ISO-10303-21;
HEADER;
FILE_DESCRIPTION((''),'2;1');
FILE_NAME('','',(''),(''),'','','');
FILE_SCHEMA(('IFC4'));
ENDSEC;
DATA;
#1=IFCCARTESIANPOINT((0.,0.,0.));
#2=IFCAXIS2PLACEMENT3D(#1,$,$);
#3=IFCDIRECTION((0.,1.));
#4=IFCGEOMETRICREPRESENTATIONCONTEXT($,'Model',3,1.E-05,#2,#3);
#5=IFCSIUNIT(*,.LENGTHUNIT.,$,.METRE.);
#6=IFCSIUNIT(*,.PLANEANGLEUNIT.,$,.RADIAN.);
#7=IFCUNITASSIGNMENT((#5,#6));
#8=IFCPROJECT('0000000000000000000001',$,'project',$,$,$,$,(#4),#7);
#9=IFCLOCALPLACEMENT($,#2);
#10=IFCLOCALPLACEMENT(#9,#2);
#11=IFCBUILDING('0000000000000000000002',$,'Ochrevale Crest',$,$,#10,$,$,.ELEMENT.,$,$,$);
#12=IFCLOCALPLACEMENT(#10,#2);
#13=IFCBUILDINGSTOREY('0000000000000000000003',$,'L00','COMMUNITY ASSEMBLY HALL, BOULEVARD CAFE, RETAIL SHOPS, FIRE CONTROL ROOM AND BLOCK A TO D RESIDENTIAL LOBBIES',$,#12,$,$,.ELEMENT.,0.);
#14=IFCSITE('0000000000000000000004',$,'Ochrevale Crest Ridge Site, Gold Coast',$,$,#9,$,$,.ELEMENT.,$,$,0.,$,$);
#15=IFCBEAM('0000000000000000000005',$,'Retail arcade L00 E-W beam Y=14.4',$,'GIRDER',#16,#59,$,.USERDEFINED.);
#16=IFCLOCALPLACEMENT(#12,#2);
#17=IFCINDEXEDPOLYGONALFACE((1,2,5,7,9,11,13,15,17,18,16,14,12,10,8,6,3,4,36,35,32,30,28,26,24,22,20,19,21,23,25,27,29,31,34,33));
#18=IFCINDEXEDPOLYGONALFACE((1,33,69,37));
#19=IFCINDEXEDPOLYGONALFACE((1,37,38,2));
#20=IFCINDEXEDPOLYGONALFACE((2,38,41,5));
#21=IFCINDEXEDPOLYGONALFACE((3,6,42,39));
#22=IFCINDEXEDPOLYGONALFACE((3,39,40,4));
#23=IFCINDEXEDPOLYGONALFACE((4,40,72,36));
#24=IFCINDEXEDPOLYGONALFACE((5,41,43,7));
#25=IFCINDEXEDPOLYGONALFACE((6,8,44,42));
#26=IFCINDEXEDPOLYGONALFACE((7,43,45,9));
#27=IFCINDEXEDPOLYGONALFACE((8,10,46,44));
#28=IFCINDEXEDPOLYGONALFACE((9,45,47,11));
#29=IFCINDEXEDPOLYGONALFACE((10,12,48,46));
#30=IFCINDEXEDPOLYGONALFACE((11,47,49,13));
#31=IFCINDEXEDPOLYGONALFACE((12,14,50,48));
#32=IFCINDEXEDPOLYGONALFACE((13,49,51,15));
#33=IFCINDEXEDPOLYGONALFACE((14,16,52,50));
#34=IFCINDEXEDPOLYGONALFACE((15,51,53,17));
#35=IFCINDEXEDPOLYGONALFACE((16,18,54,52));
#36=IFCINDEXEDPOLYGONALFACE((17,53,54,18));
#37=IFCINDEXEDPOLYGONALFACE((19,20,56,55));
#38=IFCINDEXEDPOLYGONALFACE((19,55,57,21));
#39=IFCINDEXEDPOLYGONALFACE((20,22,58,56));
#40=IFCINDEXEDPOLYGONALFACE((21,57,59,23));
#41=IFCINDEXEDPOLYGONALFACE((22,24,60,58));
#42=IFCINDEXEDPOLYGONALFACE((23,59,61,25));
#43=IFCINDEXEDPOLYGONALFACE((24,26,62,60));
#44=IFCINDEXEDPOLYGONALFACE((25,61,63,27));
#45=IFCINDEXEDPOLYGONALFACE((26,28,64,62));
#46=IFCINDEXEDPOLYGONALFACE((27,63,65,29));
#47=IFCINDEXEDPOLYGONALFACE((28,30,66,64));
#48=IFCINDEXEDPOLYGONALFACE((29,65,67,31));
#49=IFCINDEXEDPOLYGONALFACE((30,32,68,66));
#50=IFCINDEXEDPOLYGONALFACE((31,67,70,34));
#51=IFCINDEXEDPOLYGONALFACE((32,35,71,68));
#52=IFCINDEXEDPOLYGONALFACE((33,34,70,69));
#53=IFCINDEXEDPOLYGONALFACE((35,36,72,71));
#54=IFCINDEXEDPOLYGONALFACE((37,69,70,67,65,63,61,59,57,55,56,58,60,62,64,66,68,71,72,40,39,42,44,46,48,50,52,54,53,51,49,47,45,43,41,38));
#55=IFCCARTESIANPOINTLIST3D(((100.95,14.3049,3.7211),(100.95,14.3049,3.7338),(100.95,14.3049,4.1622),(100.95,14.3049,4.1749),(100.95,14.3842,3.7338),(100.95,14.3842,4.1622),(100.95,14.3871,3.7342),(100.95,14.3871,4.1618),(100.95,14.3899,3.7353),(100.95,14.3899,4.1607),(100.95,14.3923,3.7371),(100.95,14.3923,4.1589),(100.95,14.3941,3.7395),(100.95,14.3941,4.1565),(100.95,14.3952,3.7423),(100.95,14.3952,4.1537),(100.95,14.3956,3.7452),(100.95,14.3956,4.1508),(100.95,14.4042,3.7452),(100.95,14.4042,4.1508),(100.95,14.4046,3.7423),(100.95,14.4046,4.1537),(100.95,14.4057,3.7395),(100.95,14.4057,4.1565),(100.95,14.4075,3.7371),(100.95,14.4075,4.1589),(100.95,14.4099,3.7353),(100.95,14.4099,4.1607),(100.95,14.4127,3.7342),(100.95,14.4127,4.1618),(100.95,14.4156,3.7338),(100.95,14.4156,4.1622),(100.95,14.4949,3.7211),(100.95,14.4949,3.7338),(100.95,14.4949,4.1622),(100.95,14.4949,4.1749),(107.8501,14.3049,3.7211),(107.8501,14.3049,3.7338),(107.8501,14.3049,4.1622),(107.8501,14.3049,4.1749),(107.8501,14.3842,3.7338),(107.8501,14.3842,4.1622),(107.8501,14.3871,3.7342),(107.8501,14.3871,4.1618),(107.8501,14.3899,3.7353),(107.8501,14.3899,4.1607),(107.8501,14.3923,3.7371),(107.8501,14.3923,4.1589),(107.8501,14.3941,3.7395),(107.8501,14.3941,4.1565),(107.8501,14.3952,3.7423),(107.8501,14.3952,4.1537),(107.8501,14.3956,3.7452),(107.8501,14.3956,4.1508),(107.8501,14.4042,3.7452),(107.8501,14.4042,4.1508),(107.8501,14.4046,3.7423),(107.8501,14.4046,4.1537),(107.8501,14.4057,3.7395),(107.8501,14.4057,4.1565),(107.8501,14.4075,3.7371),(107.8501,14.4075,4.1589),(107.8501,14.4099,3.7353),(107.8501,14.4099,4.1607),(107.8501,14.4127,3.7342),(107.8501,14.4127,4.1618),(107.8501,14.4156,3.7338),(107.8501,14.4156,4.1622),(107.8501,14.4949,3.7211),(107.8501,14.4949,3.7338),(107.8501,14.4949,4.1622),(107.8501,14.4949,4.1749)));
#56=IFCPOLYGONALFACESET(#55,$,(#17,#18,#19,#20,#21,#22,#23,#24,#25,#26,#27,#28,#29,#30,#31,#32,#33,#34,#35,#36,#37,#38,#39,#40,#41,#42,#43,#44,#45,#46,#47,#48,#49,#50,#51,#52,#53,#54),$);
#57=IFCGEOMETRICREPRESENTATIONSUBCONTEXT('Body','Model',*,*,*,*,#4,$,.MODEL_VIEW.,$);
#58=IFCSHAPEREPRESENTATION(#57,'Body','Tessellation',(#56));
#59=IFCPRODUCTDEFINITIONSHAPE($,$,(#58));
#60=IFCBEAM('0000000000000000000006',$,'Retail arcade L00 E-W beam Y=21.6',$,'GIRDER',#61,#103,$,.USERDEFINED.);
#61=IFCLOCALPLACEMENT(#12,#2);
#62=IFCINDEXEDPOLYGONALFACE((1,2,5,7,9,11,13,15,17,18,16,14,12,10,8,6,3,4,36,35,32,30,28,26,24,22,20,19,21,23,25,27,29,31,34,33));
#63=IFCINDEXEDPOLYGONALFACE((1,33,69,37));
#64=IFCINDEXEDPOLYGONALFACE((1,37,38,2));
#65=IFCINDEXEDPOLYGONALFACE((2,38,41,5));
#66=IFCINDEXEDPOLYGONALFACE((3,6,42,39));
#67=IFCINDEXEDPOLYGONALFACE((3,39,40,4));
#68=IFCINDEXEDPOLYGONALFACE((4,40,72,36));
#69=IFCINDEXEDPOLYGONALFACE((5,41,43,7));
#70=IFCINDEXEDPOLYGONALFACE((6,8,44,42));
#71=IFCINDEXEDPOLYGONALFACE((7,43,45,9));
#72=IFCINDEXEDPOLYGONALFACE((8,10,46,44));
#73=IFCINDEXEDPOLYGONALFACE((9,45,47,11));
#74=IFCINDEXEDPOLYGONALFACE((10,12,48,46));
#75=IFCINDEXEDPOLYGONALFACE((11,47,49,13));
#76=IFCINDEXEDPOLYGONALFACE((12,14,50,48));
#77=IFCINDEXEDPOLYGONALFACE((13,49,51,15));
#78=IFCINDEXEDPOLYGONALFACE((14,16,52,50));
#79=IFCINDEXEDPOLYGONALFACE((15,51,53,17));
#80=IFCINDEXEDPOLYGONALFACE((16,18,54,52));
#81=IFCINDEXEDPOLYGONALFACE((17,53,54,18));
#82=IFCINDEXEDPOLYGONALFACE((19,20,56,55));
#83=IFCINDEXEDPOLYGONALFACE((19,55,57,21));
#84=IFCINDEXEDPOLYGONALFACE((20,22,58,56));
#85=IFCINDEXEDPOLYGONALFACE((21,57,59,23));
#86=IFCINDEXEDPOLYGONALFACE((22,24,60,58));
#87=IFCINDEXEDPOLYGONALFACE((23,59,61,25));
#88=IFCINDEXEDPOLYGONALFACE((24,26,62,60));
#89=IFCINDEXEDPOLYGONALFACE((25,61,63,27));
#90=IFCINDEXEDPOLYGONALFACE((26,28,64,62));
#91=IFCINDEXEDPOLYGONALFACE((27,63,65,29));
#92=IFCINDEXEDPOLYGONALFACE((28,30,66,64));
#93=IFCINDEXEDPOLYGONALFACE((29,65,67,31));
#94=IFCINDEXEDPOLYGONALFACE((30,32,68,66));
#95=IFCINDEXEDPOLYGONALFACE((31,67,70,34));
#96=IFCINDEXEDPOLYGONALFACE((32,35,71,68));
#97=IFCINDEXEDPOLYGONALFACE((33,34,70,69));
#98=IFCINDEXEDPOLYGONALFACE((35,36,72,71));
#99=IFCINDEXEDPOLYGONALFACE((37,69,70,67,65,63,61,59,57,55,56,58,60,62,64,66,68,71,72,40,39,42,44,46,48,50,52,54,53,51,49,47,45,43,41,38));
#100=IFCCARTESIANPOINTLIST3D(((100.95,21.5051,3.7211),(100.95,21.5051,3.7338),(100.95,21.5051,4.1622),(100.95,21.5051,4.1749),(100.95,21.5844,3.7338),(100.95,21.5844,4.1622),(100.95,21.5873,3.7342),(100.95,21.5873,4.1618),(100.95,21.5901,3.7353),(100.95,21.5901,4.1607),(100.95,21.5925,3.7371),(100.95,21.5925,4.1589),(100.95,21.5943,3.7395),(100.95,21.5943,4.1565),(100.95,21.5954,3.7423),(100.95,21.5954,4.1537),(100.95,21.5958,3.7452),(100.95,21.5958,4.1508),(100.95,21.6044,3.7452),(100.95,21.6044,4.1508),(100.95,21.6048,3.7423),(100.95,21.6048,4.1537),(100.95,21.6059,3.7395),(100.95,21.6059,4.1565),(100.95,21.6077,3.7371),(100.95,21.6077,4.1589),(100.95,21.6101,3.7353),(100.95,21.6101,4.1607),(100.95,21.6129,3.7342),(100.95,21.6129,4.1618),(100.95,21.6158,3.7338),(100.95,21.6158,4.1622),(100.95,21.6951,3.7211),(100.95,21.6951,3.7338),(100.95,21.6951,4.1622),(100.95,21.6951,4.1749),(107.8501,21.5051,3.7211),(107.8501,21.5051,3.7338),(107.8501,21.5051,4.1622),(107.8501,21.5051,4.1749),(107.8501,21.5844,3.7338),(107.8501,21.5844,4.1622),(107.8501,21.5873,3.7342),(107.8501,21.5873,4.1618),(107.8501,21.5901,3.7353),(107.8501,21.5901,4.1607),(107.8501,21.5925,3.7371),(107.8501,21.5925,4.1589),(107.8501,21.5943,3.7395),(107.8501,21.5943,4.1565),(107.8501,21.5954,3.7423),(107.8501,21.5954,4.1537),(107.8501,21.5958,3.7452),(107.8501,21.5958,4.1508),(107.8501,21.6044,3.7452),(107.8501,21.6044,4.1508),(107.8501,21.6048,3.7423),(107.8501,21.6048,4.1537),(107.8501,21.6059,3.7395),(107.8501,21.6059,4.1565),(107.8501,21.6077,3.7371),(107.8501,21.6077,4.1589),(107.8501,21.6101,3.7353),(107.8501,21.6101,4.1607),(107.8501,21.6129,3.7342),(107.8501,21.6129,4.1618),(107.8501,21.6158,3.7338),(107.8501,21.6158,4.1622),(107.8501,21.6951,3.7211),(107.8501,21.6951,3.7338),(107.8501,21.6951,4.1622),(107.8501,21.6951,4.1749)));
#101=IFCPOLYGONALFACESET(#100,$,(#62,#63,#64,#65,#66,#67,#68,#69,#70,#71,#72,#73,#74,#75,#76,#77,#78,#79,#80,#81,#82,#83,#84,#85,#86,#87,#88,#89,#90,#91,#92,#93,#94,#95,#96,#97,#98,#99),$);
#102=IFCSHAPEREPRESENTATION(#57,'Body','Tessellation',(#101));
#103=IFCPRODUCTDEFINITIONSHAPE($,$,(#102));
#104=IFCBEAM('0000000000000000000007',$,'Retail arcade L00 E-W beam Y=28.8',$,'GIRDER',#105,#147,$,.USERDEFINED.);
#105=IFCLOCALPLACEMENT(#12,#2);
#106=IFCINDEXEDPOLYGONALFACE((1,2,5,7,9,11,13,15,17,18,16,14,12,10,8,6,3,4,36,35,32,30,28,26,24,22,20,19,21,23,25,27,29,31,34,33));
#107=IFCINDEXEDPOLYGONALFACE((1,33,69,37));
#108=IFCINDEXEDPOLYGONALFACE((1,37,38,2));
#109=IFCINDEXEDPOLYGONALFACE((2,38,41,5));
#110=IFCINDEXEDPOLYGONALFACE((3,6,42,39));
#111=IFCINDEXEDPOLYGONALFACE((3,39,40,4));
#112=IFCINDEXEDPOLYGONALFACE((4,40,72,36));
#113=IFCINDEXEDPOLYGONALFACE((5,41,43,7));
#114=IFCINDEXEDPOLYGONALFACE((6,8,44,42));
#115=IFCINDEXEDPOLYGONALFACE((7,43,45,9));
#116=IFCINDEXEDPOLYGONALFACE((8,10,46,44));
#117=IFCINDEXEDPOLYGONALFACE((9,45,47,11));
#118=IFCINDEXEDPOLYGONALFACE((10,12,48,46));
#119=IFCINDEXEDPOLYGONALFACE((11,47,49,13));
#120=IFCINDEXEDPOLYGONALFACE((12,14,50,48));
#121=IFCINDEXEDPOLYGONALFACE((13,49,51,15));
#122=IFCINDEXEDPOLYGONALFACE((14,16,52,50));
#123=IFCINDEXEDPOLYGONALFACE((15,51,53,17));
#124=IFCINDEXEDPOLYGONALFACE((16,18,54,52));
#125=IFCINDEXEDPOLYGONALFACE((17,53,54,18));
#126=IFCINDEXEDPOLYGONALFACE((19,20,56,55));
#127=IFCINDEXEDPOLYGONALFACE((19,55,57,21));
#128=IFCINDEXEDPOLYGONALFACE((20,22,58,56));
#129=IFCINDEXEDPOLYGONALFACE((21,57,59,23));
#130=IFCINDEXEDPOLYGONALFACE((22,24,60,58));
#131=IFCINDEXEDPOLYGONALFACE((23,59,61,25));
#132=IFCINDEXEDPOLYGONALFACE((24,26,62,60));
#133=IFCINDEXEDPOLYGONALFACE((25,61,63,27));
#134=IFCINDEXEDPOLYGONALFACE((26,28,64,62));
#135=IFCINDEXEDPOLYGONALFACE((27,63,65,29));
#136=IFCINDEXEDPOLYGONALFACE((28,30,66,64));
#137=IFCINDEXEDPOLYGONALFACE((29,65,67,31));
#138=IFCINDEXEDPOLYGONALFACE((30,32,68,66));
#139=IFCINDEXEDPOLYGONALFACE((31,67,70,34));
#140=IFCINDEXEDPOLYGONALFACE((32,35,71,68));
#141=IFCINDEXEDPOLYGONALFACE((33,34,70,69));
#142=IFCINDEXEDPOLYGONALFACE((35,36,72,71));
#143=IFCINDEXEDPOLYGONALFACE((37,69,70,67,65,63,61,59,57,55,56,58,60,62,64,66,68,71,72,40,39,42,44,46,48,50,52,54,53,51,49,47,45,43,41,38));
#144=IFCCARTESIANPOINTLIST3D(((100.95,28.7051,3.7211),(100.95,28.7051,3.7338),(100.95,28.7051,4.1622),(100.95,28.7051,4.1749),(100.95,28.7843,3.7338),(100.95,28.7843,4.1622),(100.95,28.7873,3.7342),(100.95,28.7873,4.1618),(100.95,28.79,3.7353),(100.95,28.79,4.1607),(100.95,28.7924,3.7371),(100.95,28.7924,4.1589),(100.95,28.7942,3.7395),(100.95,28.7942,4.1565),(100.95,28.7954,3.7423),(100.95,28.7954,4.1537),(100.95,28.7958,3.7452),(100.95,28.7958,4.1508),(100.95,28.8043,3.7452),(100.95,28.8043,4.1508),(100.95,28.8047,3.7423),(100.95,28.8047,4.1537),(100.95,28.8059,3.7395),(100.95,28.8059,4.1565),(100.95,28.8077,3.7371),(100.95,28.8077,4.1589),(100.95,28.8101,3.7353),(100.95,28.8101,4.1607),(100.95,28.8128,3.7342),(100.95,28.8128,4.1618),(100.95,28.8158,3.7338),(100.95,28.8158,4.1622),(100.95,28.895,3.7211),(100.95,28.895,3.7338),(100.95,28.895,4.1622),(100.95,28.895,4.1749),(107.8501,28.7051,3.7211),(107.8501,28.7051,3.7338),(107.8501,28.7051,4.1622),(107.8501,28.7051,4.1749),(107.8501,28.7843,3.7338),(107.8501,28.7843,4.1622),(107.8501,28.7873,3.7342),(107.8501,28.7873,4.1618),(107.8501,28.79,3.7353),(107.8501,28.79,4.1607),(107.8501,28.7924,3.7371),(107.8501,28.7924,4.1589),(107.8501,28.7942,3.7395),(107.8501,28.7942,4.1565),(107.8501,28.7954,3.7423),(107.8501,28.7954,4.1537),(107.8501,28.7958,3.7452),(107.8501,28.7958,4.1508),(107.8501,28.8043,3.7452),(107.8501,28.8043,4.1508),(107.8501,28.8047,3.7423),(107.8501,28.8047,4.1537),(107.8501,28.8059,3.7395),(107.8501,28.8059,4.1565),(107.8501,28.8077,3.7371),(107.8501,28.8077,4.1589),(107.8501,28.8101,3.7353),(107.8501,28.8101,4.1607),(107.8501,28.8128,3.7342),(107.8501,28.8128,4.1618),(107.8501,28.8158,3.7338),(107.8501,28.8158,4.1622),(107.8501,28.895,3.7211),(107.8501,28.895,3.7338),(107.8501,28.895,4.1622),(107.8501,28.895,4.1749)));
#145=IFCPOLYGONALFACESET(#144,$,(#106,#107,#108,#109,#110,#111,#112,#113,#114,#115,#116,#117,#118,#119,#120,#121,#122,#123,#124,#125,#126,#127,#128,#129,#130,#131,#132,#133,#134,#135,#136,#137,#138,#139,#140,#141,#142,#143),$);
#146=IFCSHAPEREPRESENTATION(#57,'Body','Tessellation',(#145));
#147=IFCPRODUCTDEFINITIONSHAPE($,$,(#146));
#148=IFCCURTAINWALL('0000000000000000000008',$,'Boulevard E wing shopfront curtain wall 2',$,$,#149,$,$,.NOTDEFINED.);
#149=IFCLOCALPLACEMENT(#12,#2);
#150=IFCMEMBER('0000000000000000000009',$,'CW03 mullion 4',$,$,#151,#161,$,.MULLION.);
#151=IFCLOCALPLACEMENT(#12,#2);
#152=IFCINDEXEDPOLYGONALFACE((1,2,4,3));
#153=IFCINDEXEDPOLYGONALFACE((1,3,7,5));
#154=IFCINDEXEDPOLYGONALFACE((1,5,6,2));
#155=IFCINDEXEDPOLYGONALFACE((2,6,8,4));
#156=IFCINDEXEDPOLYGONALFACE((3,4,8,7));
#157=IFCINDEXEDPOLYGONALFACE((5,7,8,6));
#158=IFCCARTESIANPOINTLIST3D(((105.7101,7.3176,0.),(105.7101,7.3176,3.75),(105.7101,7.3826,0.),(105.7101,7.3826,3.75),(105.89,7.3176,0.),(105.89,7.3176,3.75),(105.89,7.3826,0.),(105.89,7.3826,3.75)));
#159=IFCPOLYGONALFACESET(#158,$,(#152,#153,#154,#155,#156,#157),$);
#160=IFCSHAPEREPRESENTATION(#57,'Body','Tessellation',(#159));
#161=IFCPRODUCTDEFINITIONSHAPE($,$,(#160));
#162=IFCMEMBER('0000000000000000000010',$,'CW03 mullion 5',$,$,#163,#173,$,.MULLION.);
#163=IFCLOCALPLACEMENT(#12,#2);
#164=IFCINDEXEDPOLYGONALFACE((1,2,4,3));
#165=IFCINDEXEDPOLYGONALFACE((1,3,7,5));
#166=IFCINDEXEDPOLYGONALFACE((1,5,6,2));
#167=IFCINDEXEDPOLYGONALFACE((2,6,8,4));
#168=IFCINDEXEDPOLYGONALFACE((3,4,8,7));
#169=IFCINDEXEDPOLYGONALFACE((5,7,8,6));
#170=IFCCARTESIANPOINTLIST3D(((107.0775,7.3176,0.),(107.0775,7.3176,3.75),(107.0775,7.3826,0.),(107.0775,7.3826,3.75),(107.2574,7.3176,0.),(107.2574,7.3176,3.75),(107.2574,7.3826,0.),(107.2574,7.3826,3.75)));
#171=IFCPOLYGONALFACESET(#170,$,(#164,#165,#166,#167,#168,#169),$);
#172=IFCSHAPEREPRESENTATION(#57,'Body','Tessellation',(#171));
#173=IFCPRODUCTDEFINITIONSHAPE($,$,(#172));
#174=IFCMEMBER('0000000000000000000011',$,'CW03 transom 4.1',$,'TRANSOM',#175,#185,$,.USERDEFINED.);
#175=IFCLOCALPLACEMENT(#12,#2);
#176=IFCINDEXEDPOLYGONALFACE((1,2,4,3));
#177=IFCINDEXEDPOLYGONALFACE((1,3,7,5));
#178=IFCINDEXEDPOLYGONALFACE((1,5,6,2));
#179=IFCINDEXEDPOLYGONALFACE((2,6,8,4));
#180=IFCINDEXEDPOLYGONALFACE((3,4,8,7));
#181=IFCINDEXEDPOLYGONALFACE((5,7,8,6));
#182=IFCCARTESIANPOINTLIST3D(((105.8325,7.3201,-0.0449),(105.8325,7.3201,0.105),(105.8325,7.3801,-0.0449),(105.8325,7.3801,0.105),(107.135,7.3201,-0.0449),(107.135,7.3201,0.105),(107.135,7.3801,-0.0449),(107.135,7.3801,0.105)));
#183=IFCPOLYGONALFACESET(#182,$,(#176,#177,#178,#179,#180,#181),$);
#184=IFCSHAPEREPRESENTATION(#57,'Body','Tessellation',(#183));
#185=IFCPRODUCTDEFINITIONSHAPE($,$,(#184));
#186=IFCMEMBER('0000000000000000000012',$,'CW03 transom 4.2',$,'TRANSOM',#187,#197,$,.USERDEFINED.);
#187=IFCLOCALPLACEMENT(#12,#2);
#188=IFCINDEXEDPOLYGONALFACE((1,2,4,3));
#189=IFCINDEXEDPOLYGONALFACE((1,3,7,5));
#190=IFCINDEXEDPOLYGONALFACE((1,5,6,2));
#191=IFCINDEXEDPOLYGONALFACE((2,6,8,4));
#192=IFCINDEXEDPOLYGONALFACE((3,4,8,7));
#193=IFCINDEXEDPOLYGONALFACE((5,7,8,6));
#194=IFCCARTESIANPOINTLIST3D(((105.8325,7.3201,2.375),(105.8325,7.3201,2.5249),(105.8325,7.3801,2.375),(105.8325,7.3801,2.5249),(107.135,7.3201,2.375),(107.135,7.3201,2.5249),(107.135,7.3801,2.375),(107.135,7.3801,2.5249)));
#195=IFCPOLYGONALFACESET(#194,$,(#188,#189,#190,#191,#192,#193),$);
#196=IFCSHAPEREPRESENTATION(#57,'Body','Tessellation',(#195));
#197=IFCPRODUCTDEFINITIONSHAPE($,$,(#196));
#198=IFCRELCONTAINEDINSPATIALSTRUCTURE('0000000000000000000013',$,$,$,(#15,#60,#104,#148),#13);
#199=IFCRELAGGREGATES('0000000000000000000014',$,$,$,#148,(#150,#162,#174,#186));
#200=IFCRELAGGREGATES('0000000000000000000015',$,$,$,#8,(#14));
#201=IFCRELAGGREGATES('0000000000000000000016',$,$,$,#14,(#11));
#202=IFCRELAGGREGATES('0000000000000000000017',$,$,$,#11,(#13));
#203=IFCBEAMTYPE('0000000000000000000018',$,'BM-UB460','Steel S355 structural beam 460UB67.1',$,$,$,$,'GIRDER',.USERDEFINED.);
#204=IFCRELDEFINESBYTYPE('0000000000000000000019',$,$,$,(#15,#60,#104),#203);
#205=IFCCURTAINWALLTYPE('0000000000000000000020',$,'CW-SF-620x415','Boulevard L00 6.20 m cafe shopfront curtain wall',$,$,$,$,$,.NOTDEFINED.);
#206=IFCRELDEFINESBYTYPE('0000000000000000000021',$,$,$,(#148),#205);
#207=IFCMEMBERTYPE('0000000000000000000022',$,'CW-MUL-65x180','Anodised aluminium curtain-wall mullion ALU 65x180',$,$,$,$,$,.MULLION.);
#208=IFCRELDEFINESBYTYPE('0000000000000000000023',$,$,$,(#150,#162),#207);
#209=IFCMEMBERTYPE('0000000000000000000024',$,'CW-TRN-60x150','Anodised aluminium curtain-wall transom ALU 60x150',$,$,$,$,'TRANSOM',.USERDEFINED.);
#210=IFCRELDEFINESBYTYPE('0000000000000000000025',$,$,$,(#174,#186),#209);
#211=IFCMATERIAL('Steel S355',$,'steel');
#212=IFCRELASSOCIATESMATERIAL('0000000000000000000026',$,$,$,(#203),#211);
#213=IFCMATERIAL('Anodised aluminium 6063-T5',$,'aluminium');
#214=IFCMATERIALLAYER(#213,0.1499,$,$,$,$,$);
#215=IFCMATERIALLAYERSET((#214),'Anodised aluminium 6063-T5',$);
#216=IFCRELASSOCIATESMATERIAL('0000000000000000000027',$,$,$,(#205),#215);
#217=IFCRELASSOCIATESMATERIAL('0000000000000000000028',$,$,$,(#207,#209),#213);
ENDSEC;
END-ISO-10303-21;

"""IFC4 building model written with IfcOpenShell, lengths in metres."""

from ifc_helpers import new_model, si_unit, direction, frame, origin, origin_2d, place, context, subcontext, project, spatial, rectangle, i_section, extrude, material, layer, layer_set, material_profile, profile_set, type_object, element, aggregate, save


model = new_model("IFC4")

# Units and contexts
model_context = context("Model", 3, precision=1e-05, world=origin(), true_north=direction((0.0, 1.0)))
body_context = subcontext(model_context, "Body", "Model", "MODEL_VIEW")
ifc_project = project(units=[si_unit("LENGTHUNIT", "METRE"), si_unit("PLANEANGLEUNIT", "RADIAN")], contexts=[model_context])

# Site, building, storey
site_placement = place(None, origin())
site = spatial("IfcSite", under=ifc_project, at=site_placement, Name="Ochrevale Crest Ridge Site, Gold Coast", CompositionType="ELEMENT", RefElevation=0.0)
building_placement = place(site_placement, origin())
building = spatial("IfcBuilding", under=site, at=building_placement, Name="Ochrevale Crest", CompositionType="ELEMENT")
storey_placement = place(building_placement, origin())
storey = spatial("IfcBuildingStorey", under=building, at=storey_placement, Name="L00", Description="COMMUNITY ASSEMBLY HALL, BOULEVARD CAFE, RETAIL SHOPS, FIRE CONTROL ROOM AND BLOCK A TO D RESIDENTIAL LOBBIES", CompositionType="ELEMENT", Elevation=0.0)

# Shared definitions
ifc_material_1 = material(Name="Steel S355", Category="steel")

# Beams
ifc_material_profile_1 = material_profile(ifc_material_1, i_section(OverallWidth=0.1899, OverallDepth=0.4539, WebThickness=0.0085, FlangeThickness=0.0127, FilletRadius=0.0115, at=origin_2d()), Name="460UB67.1")
ifc_profile_set_1 = profile_set([ifc_material_profile_1], Name="Steel S355")
beam_type_1 = type_object("IfcBeamType", Name="BM-UB460", Description="Steel S355 structural beam 460UB67.1", ElementType="GIRDER", PredefinedType="USERDEFINED", material=ifc_profile_set_1)
for number, where, z_axis, x_axis, name in (
    (1, (100.95, 14.3999, 3.948), (1.0, 0.0, 0.0), (0.0, 1.0, 0.0), "Retail arcade L00 E-W beam Y=14.4"),
    (2, (100.95, 21.6001, 3.948), (1.0, 0.0, 0.0), (0.0, 1.0, 0.0), "Retail arcade L00 E-W beam Y=21.6"),
    (3, (100.95, 28.8, 3.948), (1.0, 0.0, 0.0), (0.0, 1.0, 0.0), "Retail arcade L00 E-W beam Y=28.8"),
):
    element("IfcBeam", number, at=place(storey_placement, frame(where, z_axis=z_axis, x_axis=x_axis)), inside=storey, type_object=beam_type_1, Name=name, ObjectType="GIRDER", PredefinedType="USERDEFINED", context=body_context, shape_type="SweptSolid", body=[
        extrude(i_section(OverallWidth=0.1899, OverallDepth=0.4539, WebThickness=0.0085, FlangeThickness=0.0127, FilletRadius=0.0115, at=origin_2d()), origin(), (0.0, 0.0, 1.0), 6.9001),
    ])

# Curtain wall, members
ifc_material_2 = material(Name="Anodised aluminium 6063-T5", Category="aluminium")
ifc_layer_1 = layer(ifc_material_2, 0.1499)
ifc_layer_set_1 = layer_set([ifc_layer_1], Name="Anodised aluminium 6063-T5")
curtain_wall_type = type_object("IfcCurtainWallType", Name="CW-SF-620x415", Description="Boulevard L00 6.20 m cafe shopfront curtain wall", PredefinedType="NOTDEFINED", material=ifc_layer_set_1)
curtain_wall_placement = place(storey_placement, origin())
curtain_wall = element("IfcCurtainWall", 4, at=curtain_wall_placement, inside=storey, type_object=curtain_wall_type, Name="Boulevard E wing shopfront curtain wall 2", PredefinedType="NOTDEFINED")
ifc_material_profile_2 = material_profile(ifc_material_2, rectangle(XDim=0.0649, YDim=0.1799, at=origin_2d()), Name="ALU 65x180")
ifc_profile_set_2 = profile_set([ifc_material_profile_2], Name="Anodised aluminium 6063-T5")
member_type_1 = type_object("IfcMemberType", Name="CW-MUL-65x180", Description="Anodised aluminium curtain-wall mullion ALU 65x180", PredefinedType="MULLION", material=ifc_profile_set_2)
member_1_placement = place(storey_placement, frame((105.8, 7.3501, 0.0), z_axis=(0.0, 0.0, 1.0), x_axis=(0.0, 1.0, 0.0)))
member_1 = element("IfcMember", 5, at=member_1_placement, type_object=member_type_1, Name="CW03 mullion 4", PredefinedType="MULLION", context=body_context, shape_type="SweptSolid", body=[
    extrude(rectangle(XDim=0.0649, YDim=0.1799, at=origin_2d()), origin(), (0.0, 0.0, 1.0), 3.75),
])
member_2_placement = place(storey_placement, frame((107.1675, 7.3501, 0.0), z_axis=(0.0, 0.0, 1.0), x_axis=(0.0, 1.0, 0.0)))
member_2 = element("IfcMember", 6, at=member_2_placement, type_object=member_type_1, Name="CW03 mullion 5", PredefinedType="MULLION", context=body_context, shape_type="SweptSolid", body=[
    extrude(rectangle(XDim=0.0649, YDim=0.1799, at=origin_2d()), origin(), (0.0, 0.0, 1.0), 3.75),
])
ifc_material_profile_3 = material_profile(ifc_material_2, rectangle(XDim=0.0601, YDim=0.1499, at=origin_2d()), Name="ALU 60x150")
ifc_profile_set_3 = profile_set([ifc_material_profile_3], Name="Anodised aluminium 6063-T5")
member_type_2 = type_object("IfcMemberType", Name="CW-TRN-60x150", Description="Anodised aluminium curtain-wall transom ALU 60x150", ElementType="TRANSOM", PredefinedType="USERDEFINED", material=ifc_profile_set_3)
member_3_placement = place(storey_placement, frame((105.8325, 7.3501, 0.03), z_axis=(1.0, 0.0, 0.0), x_axis=(0.0, 1.0, 0.0)))
member_3 = element("IfcMember", 7, at=member_3_placement, type_object=member_type_2, Name="CW03 transom 4.1", ObjectType="TRANSOM", PredefinedType="USERDEFINED", context=body_context, shape_type="SweptSolid", body=[
    extrude(rectangle(XDim=0.0601, YDim=0.1499, at=origin_2d()), origin(), (0.0, 0.0, 1.0), 1.3025),
])
member_4_placement = place(storey_placement, frame((105.8325, 7.3501, 2.45), z_axis=(1.0, 0.0, 0.0), x_axis=(0.0, 1.0, 0.0)))
member_4 = element("IfcMember", 8, at=member_4_placement, type_object=member_type_2, Name="CW03 transom 4.2", ObjectType="TRANSOM", PredefinedType="USERDEFINED", context=body_context, shape_type="SweptSolid", body=[
    extrude(rectangle(XDim=0.0601, YDim=0.1499, at=origin_2d()), origin(), (0.0, 0.0, 1.0), 1.3025),
])
aggregate(curtain_wall, [member_1, member_2, member_3, member_4])

save(model, "model.ifc")
